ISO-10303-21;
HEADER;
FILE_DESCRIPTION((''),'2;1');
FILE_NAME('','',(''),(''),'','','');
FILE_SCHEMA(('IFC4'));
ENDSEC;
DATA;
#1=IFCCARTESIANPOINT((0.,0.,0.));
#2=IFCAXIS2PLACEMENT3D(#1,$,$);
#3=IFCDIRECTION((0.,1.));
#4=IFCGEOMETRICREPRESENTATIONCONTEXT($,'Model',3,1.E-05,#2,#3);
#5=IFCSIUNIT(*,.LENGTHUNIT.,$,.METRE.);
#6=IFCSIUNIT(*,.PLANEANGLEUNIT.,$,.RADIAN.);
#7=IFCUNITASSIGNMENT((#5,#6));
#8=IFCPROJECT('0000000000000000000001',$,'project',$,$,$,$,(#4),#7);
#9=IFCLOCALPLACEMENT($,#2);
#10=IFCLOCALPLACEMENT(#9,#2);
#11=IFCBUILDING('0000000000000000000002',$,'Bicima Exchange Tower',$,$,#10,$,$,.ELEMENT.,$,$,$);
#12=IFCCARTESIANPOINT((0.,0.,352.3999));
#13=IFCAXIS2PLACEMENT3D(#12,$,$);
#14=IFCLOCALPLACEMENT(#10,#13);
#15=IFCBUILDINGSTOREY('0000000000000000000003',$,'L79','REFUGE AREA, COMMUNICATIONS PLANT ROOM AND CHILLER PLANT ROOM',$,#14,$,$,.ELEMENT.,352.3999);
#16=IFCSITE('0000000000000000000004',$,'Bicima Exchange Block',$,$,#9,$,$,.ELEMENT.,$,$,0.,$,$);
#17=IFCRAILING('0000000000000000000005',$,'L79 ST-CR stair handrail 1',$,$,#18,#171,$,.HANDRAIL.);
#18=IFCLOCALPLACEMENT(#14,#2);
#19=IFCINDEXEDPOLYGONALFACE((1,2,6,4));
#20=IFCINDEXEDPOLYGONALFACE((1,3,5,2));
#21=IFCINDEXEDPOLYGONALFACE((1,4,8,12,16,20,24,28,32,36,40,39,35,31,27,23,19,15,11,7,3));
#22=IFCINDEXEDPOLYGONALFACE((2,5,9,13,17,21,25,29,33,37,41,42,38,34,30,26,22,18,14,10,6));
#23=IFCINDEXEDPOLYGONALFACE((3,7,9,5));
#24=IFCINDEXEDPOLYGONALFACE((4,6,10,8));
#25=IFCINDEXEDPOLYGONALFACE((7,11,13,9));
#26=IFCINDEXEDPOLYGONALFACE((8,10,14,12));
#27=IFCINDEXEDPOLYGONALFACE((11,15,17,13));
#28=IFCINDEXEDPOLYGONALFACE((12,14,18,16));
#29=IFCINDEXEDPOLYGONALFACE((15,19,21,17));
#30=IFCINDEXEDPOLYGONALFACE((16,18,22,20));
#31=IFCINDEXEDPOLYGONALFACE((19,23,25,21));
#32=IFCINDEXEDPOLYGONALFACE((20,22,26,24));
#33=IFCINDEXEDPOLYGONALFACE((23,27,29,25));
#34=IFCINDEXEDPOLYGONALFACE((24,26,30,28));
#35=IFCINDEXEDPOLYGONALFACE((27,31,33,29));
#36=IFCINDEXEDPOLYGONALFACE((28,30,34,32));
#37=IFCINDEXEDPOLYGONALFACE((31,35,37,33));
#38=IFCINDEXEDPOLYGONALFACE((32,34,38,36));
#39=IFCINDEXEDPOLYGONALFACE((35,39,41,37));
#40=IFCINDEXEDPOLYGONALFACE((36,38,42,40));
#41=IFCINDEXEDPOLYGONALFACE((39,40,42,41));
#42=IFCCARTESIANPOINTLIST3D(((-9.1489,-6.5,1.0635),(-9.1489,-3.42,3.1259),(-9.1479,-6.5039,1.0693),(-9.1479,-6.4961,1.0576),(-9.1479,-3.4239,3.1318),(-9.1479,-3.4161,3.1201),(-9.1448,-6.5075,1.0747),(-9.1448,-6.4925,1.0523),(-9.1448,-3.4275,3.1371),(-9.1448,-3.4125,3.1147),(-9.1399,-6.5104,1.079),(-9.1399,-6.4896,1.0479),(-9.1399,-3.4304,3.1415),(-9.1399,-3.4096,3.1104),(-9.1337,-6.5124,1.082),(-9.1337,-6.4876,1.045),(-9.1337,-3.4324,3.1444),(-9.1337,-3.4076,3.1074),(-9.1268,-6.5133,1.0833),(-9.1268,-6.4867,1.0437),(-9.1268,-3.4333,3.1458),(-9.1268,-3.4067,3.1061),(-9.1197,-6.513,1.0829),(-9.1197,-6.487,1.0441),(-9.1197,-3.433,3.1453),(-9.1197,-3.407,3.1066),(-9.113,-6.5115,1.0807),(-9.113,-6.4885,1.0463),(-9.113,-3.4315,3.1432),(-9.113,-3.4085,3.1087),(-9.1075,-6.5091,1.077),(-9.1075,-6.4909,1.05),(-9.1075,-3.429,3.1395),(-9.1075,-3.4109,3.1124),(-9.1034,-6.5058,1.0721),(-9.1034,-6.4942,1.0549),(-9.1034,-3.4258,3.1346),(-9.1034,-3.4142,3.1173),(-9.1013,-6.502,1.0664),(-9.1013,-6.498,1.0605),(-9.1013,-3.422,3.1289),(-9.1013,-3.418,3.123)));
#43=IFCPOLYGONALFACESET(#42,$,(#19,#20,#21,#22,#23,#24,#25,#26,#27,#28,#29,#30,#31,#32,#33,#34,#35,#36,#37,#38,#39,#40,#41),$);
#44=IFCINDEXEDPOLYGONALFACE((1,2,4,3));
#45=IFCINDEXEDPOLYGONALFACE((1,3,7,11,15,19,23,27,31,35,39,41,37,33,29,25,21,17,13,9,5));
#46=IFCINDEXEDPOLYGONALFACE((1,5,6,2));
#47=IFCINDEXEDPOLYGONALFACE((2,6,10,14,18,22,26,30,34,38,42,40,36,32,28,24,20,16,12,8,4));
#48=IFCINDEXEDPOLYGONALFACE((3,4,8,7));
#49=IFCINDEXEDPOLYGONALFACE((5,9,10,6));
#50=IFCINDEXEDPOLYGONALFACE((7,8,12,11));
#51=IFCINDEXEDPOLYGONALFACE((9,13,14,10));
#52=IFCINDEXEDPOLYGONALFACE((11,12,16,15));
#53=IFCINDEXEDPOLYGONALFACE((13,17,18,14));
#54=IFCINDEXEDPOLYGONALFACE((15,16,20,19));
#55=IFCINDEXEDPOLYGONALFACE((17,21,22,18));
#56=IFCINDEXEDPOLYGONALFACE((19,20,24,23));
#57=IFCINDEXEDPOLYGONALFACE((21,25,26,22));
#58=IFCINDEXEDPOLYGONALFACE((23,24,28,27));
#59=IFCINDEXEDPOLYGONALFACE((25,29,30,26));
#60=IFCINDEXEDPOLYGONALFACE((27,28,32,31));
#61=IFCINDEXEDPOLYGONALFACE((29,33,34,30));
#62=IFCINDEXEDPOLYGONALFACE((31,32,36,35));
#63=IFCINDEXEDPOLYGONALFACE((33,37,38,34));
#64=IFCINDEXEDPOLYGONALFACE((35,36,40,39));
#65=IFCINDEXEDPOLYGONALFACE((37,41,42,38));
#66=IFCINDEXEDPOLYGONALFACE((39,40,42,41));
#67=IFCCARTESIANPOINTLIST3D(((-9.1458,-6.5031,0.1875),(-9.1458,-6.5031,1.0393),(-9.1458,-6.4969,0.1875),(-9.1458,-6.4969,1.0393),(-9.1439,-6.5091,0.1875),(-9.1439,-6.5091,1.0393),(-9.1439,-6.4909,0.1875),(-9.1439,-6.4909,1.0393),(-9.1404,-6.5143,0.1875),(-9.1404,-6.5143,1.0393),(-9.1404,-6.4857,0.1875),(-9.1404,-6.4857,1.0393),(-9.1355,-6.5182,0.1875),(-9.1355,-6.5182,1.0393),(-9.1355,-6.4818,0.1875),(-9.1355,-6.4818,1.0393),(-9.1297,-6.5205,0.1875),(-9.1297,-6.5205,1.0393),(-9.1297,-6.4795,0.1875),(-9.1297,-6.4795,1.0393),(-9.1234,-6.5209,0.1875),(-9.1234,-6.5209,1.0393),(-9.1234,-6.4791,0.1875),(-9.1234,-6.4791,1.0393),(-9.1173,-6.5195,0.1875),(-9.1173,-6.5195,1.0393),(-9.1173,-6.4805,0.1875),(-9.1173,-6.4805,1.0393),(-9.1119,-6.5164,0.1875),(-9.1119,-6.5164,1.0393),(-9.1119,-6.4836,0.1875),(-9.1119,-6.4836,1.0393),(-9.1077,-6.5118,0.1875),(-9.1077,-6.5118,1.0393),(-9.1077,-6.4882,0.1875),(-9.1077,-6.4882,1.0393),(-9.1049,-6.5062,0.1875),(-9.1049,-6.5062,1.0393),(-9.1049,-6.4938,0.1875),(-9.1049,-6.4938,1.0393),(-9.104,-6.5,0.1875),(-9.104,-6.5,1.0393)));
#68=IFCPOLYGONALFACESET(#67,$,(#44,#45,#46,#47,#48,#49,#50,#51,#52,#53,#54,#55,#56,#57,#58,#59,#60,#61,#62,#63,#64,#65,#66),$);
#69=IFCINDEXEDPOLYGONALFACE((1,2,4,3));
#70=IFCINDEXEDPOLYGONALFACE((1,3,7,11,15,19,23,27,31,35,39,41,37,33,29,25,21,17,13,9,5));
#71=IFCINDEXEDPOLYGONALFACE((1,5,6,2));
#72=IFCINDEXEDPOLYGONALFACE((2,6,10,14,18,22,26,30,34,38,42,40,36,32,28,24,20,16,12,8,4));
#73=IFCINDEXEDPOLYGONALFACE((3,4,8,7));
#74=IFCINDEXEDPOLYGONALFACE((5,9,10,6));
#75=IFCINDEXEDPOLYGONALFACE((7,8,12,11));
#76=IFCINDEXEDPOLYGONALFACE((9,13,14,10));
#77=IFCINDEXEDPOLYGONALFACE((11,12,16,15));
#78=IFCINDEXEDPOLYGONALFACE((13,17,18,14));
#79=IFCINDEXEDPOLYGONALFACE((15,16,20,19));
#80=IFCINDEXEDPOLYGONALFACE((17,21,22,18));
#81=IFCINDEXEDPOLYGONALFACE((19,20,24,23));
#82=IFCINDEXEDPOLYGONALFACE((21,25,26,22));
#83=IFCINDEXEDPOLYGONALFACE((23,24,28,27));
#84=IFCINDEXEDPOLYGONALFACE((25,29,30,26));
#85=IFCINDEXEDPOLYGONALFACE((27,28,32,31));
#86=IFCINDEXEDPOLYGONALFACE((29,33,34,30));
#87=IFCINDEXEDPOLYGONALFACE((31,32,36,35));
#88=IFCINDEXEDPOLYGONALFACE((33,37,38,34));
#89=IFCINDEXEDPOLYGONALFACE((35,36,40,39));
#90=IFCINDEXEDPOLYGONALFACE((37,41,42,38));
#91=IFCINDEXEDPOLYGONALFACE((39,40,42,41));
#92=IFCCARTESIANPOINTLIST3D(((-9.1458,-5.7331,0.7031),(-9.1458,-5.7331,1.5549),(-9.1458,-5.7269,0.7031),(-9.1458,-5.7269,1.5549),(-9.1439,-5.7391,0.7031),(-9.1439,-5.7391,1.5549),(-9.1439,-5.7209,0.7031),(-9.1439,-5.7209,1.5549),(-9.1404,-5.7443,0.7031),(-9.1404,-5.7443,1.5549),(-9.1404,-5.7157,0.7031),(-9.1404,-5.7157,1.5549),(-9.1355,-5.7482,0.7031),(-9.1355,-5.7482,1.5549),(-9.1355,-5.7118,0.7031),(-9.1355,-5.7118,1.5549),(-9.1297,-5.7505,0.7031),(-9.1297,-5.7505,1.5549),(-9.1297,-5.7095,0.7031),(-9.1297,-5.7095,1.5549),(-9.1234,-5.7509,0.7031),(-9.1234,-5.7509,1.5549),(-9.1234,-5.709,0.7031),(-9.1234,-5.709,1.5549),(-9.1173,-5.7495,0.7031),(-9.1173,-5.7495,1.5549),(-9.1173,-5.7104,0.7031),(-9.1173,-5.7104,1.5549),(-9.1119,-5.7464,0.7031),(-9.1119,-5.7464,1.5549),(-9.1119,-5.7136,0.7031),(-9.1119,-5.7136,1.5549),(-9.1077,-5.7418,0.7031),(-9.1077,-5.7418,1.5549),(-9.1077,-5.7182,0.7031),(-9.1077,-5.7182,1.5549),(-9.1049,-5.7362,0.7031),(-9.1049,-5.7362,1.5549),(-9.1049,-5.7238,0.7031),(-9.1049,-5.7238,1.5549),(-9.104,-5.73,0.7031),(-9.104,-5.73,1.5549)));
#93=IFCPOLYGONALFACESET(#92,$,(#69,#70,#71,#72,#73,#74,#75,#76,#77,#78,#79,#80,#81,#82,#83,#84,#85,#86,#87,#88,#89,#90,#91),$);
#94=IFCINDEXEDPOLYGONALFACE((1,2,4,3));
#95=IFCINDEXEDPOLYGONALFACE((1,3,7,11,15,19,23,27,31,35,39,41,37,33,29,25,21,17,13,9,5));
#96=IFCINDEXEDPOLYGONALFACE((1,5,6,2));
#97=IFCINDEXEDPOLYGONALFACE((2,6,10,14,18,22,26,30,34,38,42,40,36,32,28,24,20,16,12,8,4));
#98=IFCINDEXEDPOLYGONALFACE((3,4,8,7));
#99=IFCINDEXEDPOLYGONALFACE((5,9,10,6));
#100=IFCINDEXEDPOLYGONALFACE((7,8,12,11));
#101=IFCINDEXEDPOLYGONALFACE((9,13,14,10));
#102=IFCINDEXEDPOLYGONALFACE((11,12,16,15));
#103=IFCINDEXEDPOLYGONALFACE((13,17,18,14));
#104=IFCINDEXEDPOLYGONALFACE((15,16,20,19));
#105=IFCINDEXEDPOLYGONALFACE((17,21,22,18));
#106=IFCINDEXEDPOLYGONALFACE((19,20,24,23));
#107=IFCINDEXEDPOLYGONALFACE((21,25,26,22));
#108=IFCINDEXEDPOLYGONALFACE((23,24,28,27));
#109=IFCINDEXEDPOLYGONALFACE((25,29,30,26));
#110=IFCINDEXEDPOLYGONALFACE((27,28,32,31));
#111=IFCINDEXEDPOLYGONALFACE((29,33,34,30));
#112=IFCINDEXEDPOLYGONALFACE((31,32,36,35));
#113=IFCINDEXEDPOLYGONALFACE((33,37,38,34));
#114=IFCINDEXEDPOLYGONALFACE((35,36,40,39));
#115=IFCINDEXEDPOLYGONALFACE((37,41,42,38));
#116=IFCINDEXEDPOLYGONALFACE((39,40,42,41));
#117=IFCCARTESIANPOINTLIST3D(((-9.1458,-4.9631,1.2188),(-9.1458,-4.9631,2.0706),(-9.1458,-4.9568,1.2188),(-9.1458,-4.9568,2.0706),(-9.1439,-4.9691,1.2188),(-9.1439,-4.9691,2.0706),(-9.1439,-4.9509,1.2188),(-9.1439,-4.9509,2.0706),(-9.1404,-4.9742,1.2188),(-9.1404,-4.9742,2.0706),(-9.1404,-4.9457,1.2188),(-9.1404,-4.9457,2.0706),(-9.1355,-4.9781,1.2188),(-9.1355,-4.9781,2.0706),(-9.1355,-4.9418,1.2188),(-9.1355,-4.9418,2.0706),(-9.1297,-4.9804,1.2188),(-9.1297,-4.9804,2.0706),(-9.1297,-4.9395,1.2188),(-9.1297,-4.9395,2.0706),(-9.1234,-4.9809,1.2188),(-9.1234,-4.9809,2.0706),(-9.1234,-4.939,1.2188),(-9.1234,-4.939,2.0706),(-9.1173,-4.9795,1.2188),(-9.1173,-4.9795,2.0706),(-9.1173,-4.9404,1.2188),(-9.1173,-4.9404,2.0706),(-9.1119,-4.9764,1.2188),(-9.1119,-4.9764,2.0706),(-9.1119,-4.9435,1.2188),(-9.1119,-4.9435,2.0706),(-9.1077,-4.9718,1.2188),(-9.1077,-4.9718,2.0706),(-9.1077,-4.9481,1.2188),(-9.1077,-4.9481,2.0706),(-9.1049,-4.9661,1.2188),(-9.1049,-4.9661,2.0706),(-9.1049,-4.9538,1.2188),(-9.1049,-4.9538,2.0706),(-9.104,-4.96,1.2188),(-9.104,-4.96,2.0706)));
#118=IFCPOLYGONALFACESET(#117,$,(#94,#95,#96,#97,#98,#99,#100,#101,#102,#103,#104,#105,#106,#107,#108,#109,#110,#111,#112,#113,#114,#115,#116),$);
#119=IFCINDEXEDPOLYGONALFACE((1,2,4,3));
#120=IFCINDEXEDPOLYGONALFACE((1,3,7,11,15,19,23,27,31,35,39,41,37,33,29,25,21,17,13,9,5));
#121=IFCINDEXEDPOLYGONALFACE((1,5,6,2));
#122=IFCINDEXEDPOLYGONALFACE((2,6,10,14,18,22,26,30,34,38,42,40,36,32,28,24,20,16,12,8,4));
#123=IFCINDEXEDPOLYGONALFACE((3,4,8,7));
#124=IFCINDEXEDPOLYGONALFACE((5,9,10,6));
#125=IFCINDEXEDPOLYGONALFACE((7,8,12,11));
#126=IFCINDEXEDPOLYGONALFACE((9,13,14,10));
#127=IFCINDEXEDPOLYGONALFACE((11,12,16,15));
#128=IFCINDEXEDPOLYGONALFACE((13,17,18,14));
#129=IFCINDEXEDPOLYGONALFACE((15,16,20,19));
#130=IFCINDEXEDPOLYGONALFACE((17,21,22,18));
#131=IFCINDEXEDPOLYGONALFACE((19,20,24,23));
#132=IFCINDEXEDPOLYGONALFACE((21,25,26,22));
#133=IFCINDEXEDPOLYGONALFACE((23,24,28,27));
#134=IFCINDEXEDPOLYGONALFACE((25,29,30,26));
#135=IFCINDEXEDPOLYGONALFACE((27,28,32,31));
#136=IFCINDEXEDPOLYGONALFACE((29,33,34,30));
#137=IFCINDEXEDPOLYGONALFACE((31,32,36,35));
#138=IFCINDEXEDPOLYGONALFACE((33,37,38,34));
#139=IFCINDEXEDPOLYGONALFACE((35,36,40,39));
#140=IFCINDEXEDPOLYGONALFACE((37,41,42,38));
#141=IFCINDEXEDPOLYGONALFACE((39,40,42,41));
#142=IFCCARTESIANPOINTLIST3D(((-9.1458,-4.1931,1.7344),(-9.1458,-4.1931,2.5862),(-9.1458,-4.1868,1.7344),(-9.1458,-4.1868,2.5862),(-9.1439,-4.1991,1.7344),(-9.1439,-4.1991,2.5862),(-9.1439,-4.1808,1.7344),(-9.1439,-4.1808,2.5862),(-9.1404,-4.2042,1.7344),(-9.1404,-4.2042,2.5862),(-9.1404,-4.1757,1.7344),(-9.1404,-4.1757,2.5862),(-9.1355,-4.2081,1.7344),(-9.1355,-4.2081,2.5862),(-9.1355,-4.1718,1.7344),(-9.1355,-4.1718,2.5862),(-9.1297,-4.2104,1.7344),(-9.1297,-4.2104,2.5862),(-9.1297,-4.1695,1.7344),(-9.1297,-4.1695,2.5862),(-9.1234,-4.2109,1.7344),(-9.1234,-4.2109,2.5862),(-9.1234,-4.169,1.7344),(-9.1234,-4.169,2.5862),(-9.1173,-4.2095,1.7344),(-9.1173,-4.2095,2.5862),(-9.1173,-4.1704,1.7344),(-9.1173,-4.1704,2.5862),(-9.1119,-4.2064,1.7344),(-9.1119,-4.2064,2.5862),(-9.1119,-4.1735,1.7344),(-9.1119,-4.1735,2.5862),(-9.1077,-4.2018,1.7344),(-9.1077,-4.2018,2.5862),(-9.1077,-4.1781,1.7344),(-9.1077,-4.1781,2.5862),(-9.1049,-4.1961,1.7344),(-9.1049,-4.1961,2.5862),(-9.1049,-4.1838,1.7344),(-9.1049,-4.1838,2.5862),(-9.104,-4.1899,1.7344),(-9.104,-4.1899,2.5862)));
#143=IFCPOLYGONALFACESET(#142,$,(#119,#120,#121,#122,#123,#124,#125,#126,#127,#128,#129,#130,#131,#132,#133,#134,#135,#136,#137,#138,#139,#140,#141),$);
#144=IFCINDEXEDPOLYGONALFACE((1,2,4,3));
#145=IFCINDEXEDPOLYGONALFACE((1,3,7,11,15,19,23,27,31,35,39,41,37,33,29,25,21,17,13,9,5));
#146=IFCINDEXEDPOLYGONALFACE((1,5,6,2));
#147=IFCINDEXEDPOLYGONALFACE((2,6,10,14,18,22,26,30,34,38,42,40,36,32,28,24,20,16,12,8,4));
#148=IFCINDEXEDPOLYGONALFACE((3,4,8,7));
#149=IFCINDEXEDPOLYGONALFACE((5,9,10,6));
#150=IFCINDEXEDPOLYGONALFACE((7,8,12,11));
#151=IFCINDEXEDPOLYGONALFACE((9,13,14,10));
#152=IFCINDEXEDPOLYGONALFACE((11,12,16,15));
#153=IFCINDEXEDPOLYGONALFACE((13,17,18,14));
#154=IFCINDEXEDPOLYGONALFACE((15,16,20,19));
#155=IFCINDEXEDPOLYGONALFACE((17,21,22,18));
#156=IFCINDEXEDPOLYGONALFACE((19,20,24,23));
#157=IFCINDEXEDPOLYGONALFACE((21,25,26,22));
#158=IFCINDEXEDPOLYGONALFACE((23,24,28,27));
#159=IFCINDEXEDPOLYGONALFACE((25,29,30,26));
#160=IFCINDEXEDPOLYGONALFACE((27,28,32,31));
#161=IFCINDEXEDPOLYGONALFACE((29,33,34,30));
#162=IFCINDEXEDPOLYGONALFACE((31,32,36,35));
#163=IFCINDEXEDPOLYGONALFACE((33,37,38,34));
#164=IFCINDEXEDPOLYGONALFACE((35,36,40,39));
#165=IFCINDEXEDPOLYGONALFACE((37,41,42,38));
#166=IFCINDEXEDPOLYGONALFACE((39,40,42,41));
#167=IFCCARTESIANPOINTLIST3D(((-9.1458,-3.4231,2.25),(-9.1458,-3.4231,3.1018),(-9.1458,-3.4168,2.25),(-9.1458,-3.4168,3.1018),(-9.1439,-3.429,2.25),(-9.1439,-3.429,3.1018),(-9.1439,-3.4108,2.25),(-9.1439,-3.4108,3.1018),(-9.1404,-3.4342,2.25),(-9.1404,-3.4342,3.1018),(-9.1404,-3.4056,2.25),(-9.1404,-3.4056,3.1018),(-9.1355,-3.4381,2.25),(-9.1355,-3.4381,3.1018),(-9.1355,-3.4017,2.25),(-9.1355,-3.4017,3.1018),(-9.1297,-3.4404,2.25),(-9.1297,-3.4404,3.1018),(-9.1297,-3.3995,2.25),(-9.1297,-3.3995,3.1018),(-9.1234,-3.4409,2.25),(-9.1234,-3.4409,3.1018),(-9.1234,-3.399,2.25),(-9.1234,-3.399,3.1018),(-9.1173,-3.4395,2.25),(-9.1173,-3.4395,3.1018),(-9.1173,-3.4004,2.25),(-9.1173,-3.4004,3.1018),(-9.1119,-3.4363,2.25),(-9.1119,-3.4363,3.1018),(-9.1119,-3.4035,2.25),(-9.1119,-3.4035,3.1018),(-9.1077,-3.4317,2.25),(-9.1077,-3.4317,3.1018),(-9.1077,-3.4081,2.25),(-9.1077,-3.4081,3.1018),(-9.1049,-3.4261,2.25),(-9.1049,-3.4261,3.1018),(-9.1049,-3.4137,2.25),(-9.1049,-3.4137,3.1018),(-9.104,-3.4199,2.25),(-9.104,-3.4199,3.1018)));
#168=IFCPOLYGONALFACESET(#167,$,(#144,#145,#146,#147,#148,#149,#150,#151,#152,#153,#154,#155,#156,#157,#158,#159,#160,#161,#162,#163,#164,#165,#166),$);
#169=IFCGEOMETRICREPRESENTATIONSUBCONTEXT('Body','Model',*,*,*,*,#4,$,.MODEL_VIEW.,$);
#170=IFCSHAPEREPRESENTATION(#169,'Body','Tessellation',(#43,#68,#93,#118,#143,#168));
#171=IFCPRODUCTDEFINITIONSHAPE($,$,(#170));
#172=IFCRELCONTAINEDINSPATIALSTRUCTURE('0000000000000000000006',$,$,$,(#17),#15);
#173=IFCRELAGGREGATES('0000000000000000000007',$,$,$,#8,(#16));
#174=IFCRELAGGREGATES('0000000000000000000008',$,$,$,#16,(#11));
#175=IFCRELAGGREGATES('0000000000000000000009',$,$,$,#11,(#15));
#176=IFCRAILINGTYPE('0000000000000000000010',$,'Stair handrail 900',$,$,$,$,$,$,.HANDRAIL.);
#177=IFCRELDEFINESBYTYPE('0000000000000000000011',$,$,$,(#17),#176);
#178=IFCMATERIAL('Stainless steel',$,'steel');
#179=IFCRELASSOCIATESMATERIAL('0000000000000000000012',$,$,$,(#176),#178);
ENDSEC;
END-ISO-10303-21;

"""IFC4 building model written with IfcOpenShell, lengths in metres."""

from ifc_helpers import new_model, si_unit, direction, frame, origin, origin_2d, place, context, subcontext, project, spatial, circle, extrude, material, type_object, element, save


model = new_model("IFC4")

# Units and contexts
model_context = context("Model", 3, precision=1e-05, world=origin(), true_north=direction((0.0, 1.0)))
body_context = subcontext(model_context, "Body", "Model", "MODEL_VIEW")
ifc_project = project(units=[si_unit("LENGTHUNIT", "METRE"), si_unit("PLANEANGLEUNIT", "RADIAN")], contexts=[model_context])

# Site, building, storey
site_placement = place(None, origin())
site = spatial("IfcSite", under=ifc_project, at=site_placement, Name="Bicima Exchange Block", CompositionType="ELEMENT", RefElevation=0.0)
building_placement = place(site_placement, origin())
building = spatial("IfcBuilding", under=site, at=building_placement, Name="Bicima Exchange Tower", CompositionType="ELEMENT")
storey_placement = place(building_placement, frame((0.0, 0.0, 352.3999)))
storey = spatial("IfcBuildingStorey", under=building, at=storey_placement, Name="L79", Description="REFUGE AREA, COMMUNICATIONS PLANT ROOM AND CHILLER PLANT ROOM", CompositionType="ELEMENT", Elevation=352.3999)

# Railing
ifc_material_1 = material(Name="Stainless steel", Category="steel")
railing_type_1 = type_object("IfcRailingType", Name="Stair handrail 900", PredefinedType="HANDRAIL", material=ifc_material_1)
railing_1_placement = place(storey_placement, frame((-9.125, -6.5, 0.1875)))
element("IfcRailing", 1, at=railing_1_placement, inside=storey, type_object=railing_type_1, Name="L79 ST-CR stair handrail 1", PredefinedType="HANDRAIL", context=body_context, shape_type="SweptSolid", body=[
    extrude(circle(Radius=0.0239, at=origin_2d()), frame((0.0, 0.0, 0.876), z_axis=(0.0, 0.830914, 0.556401), x_axis=(-1.0, 0.0, 0.0)), (0.0, 0.0, 1.0), 3.7068),
    extrude(circle(Radius=0.021, at=origin_2d()), origin(), (0.0, 0.0, 1.0), 0.8518),
    extrude(circle(Radius=0.021, at=origin_2d()), frame((0.0, 0.77, 0.5156)), (0.0, 0.0, 1.0), 0.8518),
    extrude(circle(Radius=0.021, at=origin_2d()), frame((0.0, 1.54, 1.0312)), (0.0, 0.0, 1.0), 0.8518),
    extrude(circle(Radius=0.021, at=origin_2d()), frame((0.0, 2.3101, 1.5469)), (0.0, 0.0, 1.0), 0.8518),
    extrude(circle(Radius=0.021, at=origin_2d()), frame((0.0, 3.0801, 2.0625)), (0.0, 0.0, 1.0), 0.8518),
])

save(model, "model.ifc")
